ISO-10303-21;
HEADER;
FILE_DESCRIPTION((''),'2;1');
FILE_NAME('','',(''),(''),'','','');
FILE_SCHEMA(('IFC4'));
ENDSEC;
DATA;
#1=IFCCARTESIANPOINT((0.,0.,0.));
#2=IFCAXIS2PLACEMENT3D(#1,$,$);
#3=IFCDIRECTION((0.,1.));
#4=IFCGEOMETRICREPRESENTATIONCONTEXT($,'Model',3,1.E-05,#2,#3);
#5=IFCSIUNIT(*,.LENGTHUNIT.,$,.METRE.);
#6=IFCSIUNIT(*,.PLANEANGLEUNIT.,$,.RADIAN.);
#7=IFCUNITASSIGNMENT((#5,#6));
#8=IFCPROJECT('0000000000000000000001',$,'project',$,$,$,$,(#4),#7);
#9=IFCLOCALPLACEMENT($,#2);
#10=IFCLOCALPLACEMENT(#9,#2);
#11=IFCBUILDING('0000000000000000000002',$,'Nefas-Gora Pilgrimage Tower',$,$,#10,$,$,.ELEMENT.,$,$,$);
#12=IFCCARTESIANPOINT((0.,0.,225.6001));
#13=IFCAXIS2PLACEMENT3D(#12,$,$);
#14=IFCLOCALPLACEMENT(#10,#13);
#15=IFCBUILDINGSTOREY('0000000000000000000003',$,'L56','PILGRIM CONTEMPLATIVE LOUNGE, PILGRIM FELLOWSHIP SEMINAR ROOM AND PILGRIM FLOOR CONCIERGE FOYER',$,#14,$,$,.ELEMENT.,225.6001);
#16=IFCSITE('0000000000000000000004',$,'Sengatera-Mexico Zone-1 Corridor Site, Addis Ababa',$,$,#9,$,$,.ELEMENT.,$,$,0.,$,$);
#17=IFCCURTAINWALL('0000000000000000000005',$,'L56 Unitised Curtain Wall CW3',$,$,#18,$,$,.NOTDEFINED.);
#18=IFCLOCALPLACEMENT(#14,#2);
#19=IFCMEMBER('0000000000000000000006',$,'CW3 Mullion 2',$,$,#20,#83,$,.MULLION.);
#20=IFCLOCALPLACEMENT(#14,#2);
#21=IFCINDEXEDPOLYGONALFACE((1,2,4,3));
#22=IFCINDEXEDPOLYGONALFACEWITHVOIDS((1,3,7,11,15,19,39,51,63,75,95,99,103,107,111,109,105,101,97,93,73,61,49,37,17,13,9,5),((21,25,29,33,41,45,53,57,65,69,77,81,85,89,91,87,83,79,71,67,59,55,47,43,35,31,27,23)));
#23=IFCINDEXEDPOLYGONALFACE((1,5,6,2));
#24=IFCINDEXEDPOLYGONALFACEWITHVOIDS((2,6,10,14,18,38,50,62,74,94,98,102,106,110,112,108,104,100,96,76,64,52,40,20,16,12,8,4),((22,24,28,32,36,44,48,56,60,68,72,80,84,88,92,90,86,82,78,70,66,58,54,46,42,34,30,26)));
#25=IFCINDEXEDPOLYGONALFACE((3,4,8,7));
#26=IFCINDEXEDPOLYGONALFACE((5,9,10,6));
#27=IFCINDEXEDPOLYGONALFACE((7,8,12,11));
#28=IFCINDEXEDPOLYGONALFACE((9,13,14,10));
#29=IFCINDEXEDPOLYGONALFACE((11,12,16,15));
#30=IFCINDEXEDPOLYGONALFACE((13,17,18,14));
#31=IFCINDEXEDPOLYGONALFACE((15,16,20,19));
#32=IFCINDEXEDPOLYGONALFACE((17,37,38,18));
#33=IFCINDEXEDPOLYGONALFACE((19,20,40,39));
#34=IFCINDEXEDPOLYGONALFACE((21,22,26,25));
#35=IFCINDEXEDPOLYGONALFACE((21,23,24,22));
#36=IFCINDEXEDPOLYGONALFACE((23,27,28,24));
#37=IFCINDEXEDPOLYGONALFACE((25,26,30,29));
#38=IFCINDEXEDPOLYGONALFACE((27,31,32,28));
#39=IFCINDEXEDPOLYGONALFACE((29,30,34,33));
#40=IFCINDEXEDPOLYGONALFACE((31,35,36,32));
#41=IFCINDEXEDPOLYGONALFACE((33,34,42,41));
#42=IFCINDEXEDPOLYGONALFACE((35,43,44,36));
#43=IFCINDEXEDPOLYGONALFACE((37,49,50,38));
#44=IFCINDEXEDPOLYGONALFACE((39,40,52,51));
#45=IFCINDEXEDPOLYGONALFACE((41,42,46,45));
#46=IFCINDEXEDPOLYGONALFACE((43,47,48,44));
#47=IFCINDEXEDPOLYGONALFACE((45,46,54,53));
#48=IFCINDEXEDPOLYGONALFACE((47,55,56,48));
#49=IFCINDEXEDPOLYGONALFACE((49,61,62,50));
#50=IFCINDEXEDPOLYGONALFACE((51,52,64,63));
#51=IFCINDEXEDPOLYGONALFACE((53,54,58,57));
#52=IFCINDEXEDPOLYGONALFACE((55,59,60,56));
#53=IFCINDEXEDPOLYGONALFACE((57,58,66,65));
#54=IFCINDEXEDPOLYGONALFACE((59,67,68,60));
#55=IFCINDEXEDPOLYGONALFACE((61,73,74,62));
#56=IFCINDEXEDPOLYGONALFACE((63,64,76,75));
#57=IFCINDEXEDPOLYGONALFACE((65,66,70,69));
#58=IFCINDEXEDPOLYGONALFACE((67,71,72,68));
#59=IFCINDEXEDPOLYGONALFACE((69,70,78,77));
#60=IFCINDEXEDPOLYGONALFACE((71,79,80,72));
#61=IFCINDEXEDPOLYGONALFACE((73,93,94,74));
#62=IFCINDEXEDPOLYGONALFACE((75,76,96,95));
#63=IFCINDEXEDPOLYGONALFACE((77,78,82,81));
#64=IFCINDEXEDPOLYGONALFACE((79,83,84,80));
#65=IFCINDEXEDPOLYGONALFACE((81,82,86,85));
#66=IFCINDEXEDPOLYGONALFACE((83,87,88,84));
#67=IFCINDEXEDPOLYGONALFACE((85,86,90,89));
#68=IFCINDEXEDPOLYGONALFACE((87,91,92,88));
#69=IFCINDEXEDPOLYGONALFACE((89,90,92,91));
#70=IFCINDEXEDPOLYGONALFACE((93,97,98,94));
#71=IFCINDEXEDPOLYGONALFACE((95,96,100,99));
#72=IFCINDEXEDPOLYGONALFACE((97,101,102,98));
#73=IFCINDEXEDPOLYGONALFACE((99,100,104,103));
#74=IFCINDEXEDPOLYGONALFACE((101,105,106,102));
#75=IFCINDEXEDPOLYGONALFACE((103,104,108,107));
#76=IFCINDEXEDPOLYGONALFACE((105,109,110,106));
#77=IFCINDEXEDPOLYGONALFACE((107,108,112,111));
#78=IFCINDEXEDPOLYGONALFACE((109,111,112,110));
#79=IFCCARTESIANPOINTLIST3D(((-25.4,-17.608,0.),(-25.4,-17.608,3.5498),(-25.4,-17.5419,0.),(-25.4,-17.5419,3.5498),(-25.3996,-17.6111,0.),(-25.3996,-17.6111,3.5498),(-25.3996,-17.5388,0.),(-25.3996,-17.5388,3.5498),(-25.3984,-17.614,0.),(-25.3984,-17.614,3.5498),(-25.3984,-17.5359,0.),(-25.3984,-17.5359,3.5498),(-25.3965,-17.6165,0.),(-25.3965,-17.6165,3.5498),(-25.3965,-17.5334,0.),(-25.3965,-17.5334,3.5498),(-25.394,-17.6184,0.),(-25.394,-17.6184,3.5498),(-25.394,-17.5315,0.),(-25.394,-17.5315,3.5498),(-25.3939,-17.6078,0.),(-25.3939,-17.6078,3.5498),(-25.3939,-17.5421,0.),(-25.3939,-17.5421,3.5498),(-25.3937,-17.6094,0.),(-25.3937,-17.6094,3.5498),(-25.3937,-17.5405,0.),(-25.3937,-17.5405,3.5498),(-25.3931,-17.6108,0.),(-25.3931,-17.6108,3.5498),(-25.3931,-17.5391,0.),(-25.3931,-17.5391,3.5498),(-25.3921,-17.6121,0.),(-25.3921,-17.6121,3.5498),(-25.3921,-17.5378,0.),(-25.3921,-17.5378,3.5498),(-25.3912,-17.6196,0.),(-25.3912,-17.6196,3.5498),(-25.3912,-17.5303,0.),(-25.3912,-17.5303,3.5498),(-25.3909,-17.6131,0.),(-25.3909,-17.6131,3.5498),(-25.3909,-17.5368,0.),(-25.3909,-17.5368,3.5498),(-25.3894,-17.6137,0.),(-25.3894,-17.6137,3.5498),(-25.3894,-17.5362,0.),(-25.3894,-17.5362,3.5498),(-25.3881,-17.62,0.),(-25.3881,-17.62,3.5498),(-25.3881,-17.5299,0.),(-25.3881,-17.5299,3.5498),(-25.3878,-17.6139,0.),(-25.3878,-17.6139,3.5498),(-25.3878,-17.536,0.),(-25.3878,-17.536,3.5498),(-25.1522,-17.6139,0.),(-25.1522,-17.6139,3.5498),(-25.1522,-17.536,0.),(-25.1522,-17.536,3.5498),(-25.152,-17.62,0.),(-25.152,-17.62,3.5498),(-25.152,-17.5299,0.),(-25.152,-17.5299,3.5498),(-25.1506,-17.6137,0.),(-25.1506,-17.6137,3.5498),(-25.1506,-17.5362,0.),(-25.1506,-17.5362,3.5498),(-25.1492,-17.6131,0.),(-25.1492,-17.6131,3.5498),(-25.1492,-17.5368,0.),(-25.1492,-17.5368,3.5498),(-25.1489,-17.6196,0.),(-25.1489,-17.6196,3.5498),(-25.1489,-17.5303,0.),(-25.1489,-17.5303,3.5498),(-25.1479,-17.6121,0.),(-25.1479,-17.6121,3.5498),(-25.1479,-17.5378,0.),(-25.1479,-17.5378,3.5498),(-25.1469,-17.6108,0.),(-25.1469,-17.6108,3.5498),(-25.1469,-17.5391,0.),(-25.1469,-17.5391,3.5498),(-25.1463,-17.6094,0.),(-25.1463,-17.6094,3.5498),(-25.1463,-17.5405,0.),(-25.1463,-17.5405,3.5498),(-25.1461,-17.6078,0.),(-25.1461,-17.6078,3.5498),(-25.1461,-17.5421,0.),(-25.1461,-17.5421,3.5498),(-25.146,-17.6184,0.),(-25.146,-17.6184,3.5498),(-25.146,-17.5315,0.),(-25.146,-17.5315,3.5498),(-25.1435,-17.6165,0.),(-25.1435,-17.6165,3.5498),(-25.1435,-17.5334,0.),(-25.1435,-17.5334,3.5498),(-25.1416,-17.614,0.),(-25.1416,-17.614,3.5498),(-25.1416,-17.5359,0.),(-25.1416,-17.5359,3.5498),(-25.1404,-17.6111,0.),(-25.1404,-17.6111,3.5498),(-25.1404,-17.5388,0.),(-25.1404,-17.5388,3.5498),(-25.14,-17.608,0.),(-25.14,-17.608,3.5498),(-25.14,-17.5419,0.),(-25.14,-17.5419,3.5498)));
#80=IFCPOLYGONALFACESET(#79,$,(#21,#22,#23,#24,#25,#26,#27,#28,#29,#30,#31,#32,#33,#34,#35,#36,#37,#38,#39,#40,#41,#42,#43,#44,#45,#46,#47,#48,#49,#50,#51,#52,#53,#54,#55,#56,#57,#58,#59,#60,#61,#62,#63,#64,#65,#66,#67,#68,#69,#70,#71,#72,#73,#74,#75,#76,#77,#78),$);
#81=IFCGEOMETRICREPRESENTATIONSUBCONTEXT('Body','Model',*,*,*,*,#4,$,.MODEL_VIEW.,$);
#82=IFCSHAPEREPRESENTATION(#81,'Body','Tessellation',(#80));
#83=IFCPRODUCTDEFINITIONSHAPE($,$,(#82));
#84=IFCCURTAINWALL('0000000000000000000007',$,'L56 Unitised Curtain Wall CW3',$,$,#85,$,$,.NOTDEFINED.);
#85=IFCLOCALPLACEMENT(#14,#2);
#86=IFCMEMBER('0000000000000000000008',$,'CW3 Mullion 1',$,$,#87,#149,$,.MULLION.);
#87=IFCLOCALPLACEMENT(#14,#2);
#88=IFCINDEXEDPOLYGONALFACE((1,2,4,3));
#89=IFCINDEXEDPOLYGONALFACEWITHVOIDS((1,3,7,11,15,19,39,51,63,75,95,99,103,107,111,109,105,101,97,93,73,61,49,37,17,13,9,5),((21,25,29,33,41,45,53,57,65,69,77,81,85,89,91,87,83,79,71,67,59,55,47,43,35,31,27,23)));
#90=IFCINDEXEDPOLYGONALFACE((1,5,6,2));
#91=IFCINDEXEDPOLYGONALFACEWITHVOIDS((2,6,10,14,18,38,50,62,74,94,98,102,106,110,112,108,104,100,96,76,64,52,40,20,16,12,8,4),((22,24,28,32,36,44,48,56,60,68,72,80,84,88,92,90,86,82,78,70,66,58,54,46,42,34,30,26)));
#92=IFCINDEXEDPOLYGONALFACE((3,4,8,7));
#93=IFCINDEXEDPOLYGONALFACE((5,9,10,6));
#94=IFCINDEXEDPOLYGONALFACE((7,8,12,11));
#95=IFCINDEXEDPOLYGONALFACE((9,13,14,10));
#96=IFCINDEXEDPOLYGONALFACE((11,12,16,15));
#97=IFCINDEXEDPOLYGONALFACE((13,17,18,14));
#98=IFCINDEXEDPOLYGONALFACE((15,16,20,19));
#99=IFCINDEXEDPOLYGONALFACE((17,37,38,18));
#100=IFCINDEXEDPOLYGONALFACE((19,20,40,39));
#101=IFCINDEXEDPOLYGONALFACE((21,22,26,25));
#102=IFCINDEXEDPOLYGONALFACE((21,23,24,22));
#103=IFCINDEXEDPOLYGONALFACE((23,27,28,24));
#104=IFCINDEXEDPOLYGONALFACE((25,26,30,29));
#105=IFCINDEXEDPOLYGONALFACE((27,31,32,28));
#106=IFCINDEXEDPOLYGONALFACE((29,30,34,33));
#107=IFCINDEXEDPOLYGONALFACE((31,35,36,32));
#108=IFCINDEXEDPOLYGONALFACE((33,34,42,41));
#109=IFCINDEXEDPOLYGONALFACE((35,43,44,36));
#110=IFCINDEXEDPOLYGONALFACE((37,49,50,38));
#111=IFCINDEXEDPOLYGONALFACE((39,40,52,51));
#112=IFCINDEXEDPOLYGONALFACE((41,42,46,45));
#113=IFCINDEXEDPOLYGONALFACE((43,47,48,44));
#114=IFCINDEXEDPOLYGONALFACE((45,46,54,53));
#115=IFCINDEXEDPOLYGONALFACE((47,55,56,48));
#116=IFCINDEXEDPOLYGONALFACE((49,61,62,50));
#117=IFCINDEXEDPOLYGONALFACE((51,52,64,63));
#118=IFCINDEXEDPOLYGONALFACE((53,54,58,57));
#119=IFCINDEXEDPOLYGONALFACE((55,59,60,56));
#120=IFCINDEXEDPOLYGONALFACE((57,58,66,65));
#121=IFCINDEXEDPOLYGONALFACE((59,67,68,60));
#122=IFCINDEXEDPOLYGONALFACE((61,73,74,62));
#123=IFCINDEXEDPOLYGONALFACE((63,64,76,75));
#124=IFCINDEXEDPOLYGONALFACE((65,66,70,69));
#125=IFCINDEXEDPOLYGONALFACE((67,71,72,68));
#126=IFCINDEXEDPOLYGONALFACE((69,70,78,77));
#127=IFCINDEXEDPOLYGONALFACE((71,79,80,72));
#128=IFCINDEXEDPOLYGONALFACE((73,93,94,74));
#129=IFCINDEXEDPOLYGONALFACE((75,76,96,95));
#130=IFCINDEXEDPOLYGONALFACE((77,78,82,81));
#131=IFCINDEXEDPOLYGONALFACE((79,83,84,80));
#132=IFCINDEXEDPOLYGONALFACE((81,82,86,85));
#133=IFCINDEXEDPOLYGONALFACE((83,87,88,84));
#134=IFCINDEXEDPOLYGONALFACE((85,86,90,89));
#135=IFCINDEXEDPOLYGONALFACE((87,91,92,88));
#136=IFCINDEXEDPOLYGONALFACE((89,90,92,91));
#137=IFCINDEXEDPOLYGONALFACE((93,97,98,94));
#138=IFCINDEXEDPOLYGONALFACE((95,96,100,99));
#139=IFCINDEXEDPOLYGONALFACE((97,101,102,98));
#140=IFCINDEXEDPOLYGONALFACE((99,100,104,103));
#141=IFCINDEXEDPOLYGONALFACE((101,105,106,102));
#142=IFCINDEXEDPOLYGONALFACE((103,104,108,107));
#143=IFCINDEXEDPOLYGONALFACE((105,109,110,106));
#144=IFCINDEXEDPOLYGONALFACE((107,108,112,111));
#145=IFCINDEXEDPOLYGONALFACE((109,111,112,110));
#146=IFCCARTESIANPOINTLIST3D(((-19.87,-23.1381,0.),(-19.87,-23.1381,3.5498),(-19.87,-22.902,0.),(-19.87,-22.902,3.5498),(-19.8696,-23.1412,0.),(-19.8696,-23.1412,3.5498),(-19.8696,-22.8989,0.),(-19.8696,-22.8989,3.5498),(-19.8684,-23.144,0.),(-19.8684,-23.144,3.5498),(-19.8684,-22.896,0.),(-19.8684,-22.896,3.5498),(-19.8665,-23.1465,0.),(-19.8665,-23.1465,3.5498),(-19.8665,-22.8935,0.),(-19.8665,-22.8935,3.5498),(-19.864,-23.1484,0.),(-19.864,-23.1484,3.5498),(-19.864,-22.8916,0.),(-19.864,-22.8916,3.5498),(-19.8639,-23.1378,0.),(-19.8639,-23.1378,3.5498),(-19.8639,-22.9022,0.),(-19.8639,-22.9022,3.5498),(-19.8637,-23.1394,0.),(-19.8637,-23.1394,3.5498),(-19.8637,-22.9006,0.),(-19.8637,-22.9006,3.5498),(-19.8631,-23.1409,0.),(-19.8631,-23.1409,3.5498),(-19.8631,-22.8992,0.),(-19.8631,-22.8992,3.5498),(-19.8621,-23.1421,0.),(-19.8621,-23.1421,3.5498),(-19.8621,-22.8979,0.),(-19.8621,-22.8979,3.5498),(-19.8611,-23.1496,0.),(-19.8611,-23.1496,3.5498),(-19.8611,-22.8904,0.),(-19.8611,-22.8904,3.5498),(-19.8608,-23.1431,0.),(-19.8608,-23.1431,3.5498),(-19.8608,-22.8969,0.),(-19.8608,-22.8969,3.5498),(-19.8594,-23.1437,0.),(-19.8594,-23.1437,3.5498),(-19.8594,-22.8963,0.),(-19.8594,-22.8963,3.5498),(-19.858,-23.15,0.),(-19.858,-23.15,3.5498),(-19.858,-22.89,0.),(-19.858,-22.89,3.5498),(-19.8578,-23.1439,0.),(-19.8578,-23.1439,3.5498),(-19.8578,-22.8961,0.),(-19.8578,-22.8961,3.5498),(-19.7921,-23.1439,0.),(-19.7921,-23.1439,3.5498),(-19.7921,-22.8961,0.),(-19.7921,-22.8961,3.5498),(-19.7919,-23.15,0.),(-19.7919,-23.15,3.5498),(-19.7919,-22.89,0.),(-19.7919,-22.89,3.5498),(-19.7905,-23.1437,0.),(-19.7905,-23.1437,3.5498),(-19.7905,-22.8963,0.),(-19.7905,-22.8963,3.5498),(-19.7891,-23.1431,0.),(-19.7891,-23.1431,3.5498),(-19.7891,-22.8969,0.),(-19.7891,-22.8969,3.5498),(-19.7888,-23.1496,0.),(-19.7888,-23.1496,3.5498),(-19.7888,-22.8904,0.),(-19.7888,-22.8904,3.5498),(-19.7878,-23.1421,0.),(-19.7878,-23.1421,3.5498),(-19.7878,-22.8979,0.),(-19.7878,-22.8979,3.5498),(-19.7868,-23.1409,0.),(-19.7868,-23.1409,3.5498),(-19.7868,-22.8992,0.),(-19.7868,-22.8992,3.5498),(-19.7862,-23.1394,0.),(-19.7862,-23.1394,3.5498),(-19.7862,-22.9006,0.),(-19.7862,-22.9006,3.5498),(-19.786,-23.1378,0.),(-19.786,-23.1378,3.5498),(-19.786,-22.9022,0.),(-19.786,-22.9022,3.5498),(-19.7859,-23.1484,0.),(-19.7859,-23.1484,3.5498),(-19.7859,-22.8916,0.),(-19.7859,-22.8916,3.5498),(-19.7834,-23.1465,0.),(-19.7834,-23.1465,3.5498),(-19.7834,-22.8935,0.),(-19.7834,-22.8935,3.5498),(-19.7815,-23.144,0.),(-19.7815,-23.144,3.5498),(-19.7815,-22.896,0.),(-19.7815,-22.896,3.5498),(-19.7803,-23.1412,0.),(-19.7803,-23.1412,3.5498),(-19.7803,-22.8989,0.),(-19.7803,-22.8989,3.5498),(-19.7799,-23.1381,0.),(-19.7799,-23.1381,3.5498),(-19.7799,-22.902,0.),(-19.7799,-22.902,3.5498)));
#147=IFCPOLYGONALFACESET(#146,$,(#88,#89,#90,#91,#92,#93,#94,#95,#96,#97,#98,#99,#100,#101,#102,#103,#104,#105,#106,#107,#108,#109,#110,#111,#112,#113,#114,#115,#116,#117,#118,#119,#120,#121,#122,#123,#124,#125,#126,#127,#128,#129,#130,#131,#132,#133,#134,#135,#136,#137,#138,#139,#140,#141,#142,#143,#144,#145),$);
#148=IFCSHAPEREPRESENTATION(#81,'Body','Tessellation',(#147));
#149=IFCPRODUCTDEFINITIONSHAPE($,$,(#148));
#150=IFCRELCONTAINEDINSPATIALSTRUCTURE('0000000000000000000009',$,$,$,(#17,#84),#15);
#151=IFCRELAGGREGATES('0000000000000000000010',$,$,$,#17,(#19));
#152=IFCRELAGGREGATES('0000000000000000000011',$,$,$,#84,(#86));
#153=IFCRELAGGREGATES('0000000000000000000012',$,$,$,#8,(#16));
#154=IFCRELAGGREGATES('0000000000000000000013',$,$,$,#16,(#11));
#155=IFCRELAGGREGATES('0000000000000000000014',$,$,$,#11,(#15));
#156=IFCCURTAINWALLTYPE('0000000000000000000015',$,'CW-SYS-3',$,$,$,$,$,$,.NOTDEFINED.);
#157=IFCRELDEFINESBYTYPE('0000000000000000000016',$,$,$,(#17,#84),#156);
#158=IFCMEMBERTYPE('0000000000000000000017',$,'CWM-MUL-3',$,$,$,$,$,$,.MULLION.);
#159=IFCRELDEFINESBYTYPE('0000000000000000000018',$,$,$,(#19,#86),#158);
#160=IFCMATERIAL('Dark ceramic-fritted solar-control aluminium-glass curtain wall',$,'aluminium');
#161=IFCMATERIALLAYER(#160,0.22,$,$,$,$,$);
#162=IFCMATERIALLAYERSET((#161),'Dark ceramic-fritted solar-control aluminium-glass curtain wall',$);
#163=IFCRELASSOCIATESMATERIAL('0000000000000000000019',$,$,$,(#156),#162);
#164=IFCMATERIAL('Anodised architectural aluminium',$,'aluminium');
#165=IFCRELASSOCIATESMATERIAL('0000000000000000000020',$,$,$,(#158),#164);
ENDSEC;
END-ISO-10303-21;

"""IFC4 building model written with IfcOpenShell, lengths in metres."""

from ifc_helpers import new_model, si_unit, direction, frame, origin, origin_2d, place, context, subcontext, project, spatial, hollow_rectangle, extrude, source, transform, mapped, material, layer, layer_set, material_profile, profile_set, type_object, element, aggregate, save


model = new_model("IFC4")

# Units and contexts
model_context = context("Model", 3, precision=1e-05, world=origin(), true_north=direction((0.0, 1.0)))
body_context = subcontext(model_context, "Body", "Model", "MODEL_VIEW")
ifc_project = project(units=[si_unit("LENGTHUNIT", "METRE"), si_unit("PLANEANGLEUNIT", "RADIAN")], contexts=[model_context])

# Site, building, storey
site_placement = place(None, origin())
site = spatial("IfcSite", under=ifc_project, at=site_placement, Name="Sengatera-Mexico Zone-1 Corridor Site, Addis Ababa", CompositionType="ELEMENT", RefElevation=0.0)
building_placement = place(site_placement, origin())
building = spatial("IfcBuilding", under=site, at=building_placement, Name="Nefas-Gora Pilgrimage Tower", CompositionType="ELEMENT")
storey_placement = place(building_placement, frame((0.0, 0.0, 225.6001)))
storey = spatial("IfcBuildingStorey", under=building, at=storey_placement, Name="L56", Description="PILGRIM CONTEMPLATIVE LOUNGE, PILGRIM FELLOWSHIP SEMINAR ROOM AND PILGRIM FLOOR CONCIERGE FOYER", CompositionType="ELEMENT", Elevation=225.6001)

# Shared definitions
ifc_material_1 = material(Name="Dark ceramic-fritted solar-control aluminium-glass curtain wall", Category="aluminium")
ifc_material_2 = material(Name="Anodised architectural aluminium", Category="aluminium")

# Curtain wall, member
ifc_layer_1 = layer(ifc_material_1, 0.22)
ifc_layer_set_1 = layer_set([ifc_layer_1], Name="Dark ceramic-fritted solar-control aluminium-glass curtain wall")
curtain_wall_type_1 = type_object("IfcCurtainWallType", Name="CW-SYS-3", PredefinedType="NOTDEFINED", material=ifc_layer_set_1)
curtain_wall_1_placement = place(storey_placement, origin())
curtain_wall_1 = element("IfcCurtainWall", 1, at=curtain_wall_1_placement, inside=storey, type_object=curtain_wall_type_1, Name="L56 Unitised Curtain Wall CW3", PredefinedType="NOTDEFINED")
ifc_material_profile_1 = material_profile(ifc_material_2, hollow_rectangle(XDim=0.0901, YDim=0.26, WallThickness=0.0061, InnerFilletRadius=0.0061, OuterFilletRadius=0.012, at=origin_2d()), Name="ALU MULLION 90x260")
ifc_profile_set_1 = profile_set([ifc_material_profile_1], Name="Anodised architectural aluminium")
member_type_1 = type_object("IfcMemberType", Name="CWM-MUL-3", PredefinedType="MULLION", material=ifc_profile_set_1)
shared_shape_1 = source(origin(), body_context, "Body", "SweptSolid", [
    extrude(hollow_rectangle(XDim=0.0901, YDim=0.26, WallThickness=0.0061, InnerFilletRadius=0.0061, OuterFilletRadius=0.012, at=origin_2d()), origin(), (0.0, 0.0, 1.0), 3.5498),
])
member_1_placement = place(storey_placement, frame((-25.27, -17.575, 0.0), z_axis=(0.0, 0.0, 1.0), x_axis=(0.0, -1.0, 0.0)))
member_1 = element("IfcMember", 2, at=member_1_placement, type_object=member_type_1, Name="CW3 Mullion 2", PredefinedType="MULLION", context=body_context, shape_type="MappedRepresentation", body=[
    mapped(shared_shape_1, transform((0.0, 0.0, 0.0), x_axis=(1.0, 0.0, 0.0), y_axis=(0.0, 1.0, 0.0), z_axis=(0.0, 0.0, 1.0), scale=1.0)),
])
aggregate(curtain_wall_1, [member_1])

# Curtain wall, member
curtain_wall_2_placement = place(storey_placement, origin())
curtain_wall_2 = element("IfcCurtainWall", 3, at=curtain_wall_2_placement, inside=storey, type_object=curtain_wall_type_1, Name="L56 Unitised Curtain Wall CW3", PredefinedType="NOTDEFINED")
member_2_placement = place(storey_placement, frame((-19.825, -23.02, 0.0), z_axis=(0.0, 0.0, 1.0), x_axis=(1.0, 0.0, 0.0)))
member_2 = element("IfcMember", 4, at=member_2_placement, type_object=member_type_1, Name="CW3 Mullion 1", PredefinedType="MULLION", context=body_context, shape_type="MappedRepresentation", body=[
    mapped(shared_shape_1, transform((0.0, 0.0, 0.0), x_axis=(1.0, 0.0, 0.0), y_axis=(0.0, 1.0, 0.0), z_axis=(0.0, 0.0, 1.0), scale=1.0)),
])

aggregate(curtain_wall_2, [member_2])

save(model, "model.ifc")
